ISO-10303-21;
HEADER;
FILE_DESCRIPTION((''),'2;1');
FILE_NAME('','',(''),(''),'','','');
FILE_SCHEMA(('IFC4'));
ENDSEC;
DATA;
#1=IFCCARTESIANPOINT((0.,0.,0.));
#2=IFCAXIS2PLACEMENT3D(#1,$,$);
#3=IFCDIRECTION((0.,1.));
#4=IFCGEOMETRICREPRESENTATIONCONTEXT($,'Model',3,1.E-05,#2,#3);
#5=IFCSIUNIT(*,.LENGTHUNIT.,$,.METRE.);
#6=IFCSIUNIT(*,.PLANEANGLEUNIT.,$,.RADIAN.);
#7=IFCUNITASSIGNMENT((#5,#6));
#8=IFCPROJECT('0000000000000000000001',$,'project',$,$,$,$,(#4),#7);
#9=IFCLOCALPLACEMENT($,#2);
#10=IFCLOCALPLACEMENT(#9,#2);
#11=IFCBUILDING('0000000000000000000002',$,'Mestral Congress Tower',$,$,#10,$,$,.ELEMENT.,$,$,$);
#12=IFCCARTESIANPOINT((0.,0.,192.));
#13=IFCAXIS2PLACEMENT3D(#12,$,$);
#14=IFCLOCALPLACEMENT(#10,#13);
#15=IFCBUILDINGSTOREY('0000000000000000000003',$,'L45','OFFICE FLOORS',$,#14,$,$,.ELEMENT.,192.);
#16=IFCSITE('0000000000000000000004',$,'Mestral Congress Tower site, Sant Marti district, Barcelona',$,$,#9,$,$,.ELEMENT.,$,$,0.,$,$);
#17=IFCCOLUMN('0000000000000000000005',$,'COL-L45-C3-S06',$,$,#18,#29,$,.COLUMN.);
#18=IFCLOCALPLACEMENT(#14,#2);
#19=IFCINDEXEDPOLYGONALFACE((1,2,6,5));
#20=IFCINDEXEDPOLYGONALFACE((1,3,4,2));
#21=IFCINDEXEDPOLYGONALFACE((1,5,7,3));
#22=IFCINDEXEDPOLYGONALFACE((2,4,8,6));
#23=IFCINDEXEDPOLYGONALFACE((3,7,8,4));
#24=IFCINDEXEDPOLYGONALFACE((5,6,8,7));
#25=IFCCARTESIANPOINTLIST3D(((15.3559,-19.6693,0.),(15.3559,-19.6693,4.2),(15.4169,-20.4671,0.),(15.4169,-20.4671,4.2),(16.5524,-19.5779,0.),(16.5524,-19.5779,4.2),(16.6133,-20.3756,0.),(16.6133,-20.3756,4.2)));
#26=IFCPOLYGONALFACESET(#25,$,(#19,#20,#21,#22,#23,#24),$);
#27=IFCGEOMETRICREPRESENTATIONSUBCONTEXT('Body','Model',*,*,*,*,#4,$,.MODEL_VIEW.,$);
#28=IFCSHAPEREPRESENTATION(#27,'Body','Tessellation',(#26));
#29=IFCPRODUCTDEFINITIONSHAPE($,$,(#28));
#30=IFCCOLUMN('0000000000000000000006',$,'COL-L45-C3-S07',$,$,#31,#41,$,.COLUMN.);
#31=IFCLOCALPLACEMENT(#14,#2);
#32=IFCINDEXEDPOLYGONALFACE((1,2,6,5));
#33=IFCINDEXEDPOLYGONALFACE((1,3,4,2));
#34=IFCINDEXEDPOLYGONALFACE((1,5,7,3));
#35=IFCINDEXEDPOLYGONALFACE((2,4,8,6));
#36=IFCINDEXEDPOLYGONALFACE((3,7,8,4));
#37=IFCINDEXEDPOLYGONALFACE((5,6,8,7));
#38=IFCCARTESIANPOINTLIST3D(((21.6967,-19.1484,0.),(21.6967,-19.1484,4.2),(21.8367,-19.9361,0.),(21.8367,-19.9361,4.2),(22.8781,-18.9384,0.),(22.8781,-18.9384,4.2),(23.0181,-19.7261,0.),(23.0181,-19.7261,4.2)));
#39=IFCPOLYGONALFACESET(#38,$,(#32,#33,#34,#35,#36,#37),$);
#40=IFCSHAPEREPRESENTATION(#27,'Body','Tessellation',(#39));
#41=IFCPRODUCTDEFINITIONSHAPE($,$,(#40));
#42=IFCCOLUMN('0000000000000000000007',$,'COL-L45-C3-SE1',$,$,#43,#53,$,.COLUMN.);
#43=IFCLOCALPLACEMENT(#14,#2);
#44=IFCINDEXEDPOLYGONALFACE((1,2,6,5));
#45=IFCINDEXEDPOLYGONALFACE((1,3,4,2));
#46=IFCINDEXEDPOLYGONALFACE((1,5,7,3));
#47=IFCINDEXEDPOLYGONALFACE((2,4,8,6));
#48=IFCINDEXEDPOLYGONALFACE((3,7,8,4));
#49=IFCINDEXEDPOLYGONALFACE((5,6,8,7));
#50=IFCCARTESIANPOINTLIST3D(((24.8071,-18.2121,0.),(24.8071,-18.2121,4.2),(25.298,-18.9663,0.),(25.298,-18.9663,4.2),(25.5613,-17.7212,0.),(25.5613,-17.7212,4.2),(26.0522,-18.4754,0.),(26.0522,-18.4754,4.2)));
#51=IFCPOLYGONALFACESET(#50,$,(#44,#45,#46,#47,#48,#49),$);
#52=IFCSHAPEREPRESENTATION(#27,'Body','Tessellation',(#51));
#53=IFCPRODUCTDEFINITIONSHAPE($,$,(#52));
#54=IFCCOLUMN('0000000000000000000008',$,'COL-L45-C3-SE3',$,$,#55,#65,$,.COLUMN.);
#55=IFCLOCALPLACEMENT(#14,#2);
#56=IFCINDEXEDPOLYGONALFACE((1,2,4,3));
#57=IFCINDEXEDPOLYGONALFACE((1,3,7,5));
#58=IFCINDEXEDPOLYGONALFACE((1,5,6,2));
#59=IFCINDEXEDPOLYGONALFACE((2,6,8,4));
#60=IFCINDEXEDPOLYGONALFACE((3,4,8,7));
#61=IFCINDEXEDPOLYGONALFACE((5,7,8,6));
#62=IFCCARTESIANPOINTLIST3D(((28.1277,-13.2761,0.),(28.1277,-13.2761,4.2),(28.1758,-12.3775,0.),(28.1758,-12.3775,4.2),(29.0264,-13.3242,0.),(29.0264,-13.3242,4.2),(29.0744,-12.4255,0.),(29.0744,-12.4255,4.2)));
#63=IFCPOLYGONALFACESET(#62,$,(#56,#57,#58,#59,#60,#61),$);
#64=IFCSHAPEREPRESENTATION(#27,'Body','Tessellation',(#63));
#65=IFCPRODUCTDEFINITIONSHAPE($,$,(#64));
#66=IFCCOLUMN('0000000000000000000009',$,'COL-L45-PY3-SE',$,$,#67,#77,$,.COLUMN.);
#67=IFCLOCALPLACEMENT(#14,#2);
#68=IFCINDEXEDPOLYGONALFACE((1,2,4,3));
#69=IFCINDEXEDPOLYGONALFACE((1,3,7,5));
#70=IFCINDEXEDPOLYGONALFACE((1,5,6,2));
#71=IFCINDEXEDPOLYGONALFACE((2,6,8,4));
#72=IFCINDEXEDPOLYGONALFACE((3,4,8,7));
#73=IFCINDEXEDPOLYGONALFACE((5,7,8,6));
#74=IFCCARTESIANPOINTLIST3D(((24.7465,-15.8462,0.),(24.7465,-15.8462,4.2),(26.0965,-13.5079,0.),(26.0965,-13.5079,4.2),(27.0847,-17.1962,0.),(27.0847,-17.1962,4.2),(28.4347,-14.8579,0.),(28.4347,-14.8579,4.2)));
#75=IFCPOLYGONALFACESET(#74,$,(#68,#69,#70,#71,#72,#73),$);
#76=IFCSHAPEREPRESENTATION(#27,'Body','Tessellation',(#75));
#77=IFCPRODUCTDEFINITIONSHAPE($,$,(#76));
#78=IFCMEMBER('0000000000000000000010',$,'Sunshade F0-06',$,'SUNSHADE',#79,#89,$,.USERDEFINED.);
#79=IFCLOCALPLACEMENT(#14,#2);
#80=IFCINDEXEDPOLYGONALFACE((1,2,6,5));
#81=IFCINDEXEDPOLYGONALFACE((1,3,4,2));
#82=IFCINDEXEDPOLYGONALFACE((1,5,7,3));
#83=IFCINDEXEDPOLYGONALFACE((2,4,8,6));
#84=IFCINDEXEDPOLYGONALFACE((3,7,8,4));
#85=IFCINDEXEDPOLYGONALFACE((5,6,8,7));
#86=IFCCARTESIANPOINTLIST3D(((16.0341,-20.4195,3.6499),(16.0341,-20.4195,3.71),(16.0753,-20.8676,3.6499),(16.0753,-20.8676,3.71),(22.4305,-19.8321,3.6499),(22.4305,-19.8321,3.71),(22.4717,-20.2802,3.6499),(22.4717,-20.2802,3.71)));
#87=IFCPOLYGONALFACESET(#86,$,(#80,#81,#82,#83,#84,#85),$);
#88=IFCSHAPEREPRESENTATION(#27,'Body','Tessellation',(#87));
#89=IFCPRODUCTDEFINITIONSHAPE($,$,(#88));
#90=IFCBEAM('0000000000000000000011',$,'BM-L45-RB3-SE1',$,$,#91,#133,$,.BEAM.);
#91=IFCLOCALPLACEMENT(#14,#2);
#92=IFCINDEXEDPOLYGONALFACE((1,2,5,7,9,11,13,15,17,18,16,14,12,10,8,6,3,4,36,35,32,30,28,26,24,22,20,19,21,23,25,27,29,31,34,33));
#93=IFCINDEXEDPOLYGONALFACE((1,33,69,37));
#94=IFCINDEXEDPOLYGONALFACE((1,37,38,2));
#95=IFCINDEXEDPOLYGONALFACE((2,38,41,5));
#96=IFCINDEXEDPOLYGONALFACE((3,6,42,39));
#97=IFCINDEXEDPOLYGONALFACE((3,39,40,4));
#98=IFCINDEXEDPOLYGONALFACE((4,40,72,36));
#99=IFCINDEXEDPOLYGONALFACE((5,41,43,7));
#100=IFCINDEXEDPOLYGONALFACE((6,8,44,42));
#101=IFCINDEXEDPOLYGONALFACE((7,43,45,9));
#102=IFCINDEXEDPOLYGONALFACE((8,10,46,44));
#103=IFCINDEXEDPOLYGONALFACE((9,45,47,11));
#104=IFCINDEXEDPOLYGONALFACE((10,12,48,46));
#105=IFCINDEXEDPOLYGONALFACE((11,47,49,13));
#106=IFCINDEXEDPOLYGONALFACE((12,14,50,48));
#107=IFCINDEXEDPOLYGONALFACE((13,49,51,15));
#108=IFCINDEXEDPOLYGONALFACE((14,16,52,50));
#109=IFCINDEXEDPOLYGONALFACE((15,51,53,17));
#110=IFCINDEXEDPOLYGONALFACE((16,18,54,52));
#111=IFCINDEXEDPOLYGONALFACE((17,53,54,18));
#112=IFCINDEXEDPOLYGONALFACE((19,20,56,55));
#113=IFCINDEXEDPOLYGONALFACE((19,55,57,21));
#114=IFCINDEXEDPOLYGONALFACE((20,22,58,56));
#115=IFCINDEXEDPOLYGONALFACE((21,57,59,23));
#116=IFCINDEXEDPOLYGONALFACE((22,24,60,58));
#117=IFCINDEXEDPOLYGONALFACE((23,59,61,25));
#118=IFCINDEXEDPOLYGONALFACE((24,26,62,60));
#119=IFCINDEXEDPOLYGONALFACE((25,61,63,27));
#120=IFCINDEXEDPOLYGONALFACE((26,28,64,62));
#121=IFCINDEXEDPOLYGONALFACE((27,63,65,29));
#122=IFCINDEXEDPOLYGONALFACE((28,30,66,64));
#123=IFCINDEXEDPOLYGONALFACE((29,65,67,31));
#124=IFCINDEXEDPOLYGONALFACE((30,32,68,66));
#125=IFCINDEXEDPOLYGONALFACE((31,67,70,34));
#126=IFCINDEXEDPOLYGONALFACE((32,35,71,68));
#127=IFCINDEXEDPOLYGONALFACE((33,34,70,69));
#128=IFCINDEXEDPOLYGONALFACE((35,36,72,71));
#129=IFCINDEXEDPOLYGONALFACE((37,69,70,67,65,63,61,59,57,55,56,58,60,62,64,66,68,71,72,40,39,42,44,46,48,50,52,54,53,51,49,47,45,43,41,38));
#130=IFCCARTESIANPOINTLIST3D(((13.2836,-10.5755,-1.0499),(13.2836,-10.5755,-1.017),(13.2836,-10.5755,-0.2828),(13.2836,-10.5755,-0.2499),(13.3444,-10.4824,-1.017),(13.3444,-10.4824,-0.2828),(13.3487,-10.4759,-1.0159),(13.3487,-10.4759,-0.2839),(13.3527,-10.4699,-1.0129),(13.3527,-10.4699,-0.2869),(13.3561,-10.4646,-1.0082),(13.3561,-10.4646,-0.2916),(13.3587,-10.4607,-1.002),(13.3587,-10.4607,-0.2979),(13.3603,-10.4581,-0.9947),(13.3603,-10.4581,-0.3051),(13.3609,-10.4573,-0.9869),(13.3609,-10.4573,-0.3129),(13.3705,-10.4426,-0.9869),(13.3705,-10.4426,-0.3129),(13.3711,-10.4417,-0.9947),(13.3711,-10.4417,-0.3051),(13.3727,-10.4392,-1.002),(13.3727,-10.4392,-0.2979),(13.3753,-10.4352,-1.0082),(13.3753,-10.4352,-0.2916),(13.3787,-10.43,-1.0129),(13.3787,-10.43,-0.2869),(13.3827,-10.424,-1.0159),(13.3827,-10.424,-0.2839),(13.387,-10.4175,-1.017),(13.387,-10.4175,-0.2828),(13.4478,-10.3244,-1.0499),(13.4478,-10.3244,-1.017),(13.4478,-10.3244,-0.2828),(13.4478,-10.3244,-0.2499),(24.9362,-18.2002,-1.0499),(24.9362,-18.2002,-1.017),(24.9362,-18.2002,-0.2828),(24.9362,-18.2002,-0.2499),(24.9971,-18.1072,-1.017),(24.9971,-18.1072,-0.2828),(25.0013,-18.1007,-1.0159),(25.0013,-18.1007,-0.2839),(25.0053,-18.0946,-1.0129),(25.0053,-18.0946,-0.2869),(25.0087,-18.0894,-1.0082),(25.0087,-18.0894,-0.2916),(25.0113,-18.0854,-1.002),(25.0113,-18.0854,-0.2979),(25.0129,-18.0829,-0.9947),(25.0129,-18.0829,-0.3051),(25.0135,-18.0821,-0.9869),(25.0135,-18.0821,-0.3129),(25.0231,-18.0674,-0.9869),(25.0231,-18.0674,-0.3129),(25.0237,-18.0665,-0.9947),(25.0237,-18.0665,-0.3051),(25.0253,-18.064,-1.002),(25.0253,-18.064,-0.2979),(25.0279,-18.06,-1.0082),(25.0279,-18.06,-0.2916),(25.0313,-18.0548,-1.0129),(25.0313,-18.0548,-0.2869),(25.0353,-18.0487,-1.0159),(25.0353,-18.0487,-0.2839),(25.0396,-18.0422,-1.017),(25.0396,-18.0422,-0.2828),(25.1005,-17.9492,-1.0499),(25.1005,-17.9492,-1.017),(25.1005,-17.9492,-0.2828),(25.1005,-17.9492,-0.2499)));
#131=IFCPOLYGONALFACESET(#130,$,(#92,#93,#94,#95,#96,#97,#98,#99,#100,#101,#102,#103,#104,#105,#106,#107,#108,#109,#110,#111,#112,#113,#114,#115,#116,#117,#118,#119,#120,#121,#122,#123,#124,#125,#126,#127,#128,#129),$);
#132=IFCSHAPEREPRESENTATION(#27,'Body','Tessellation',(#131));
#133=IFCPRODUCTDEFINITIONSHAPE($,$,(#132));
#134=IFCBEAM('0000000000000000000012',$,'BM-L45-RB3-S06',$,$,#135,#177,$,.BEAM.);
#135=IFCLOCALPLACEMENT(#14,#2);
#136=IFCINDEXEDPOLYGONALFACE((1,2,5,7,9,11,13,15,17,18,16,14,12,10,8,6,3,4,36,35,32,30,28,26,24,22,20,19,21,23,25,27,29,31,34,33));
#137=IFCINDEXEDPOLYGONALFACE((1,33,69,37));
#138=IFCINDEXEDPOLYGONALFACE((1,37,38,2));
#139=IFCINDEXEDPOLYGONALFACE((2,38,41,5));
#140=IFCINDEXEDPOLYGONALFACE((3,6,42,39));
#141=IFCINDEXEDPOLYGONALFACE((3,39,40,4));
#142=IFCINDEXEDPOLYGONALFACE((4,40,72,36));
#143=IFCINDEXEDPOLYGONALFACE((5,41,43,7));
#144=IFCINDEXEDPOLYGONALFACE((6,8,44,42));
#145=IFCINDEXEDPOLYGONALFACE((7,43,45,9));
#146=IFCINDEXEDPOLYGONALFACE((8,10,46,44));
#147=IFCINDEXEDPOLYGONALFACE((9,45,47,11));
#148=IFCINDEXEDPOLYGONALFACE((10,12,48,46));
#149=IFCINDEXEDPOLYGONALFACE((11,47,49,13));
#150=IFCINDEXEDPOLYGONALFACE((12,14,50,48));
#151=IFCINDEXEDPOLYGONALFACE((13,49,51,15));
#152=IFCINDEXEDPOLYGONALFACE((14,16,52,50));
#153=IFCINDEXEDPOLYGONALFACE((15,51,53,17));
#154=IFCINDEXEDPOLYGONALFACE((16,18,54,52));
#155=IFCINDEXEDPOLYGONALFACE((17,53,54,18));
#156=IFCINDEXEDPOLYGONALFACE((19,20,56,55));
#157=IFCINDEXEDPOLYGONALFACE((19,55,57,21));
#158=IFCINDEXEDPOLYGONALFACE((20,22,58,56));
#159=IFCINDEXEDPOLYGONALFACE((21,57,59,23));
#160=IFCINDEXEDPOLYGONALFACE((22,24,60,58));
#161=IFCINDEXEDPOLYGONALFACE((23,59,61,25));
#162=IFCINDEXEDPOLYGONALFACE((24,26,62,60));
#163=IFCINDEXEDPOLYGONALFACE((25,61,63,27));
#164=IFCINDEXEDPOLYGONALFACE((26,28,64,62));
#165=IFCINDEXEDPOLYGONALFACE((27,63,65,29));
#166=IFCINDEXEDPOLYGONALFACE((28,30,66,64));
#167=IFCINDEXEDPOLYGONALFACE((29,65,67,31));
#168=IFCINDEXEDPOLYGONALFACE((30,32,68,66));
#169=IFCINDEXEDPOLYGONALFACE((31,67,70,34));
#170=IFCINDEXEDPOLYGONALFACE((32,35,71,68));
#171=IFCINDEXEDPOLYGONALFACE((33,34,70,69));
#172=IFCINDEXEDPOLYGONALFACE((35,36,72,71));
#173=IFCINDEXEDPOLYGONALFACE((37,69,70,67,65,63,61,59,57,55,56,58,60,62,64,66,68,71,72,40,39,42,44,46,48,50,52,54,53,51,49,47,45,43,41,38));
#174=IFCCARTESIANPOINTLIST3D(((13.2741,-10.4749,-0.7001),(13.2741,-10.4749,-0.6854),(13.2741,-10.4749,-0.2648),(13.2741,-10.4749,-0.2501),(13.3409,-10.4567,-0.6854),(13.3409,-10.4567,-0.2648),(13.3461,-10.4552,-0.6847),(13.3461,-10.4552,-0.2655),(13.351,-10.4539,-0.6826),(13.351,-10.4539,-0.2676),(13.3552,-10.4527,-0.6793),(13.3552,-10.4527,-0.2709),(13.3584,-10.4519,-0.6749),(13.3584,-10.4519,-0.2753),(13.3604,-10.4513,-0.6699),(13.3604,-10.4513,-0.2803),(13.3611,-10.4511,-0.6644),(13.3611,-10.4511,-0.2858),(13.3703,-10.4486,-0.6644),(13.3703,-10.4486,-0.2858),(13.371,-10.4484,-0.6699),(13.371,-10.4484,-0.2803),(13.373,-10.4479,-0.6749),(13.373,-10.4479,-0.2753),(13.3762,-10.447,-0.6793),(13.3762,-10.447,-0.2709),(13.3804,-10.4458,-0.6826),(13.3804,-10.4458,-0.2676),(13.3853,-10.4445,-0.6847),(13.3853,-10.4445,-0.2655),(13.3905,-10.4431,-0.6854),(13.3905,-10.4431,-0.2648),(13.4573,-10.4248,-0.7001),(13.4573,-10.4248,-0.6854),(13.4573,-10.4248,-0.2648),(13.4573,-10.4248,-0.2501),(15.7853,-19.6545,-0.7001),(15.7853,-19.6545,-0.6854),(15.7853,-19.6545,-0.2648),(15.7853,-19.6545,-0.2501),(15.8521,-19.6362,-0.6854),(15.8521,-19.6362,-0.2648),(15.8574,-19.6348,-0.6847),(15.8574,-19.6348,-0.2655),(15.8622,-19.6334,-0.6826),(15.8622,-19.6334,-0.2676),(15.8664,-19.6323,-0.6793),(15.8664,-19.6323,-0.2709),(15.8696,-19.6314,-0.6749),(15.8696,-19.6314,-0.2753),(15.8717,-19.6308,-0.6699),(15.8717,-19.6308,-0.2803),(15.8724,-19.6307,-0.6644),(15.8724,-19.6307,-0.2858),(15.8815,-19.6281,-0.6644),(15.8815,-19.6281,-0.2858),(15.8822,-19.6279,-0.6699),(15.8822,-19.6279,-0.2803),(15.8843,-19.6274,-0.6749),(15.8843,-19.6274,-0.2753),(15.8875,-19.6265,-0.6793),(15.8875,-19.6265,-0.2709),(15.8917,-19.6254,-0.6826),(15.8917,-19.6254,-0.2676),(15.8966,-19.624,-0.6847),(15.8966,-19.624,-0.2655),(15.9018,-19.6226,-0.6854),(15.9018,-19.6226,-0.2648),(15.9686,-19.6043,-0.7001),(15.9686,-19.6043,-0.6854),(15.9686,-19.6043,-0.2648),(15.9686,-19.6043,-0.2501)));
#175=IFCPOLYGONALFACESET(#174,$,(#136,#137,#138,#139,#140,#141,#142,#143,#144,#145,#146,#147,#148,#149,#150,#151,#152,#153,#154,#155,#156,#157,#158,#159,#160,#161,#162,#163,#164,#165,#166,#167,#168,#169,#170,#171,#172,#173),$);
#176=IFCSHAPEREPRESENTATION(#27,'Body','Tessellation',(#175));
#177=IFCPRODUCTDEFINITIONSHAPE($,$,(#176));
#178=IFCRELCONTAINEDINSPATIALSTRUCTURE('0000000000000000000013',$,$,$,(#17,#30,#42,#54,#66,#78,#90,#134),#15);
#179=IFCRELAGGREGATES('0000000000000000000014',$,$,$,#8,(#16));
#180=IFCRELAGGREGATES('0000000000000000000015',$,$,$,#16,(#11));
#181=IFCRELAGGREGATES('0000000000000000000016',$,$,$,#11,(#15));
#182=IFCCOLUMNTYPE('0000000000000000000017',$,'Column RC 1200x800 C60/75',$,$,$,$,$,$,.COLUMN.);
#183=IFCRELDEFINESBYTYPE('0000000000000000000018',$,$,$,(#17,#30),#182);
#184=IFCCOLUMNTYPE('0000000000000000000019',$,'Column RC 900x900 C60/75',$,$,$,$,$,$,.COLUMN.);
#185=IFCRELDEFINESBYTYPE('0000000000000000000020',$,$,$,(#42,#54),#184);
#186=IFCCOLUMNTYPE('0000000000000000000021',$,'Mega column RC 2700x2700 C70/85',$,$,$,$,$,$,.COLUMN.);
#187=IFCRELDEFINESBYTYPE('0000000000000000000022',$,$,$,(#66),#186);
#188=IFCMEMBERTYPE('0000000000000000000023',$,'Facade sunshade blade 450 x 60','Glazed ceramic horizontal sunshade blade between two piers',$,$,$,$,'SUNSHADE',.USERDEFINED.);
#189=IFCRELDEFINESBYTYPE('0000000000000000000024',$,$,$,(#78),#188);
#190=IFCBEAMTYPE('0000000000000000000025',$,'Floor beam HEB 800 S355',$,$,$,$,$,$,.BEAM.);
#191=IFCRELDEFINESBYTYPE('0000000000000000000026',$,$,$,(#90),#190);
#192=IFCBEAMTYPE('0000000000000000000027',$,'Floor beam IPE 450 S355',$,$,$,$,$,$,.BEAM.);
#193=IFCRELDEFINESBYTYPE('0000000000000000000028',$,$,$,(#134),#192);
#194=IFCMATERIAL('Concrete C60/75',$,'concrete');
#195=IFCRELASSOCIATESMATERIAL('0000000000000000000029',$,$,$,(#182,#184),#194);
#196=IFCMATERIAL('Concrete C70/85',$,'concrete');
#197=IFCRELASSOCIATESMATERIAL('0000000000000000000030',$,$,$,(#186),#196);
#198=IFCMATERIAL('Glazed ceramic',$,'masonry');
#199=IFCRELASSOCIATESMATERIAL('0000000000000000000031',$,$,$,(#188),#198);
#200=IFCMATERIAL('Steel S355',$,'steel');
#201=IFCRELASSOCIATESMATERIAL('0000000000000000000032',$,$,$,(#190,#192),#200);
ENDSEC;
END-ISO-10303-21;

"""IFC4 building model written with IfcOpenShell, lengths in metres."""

from ifc_helpers import new_model, si_unit, direction, frame, origin, origin_2d, place, context, subcontext, project, spatial, rectangle, i_section, extrude, material, material_profile, profile_set, type_object, element, save


model = new_model("IFC4")

# Units and contexts
model_context = context("Model", 3, precision=1e-05, world=origin(), true_north=direction((0.0, 1.0)))
body_context = subcontext(model_context, "Body", "Model", "MODEL_VIEW")
ifc_project = project(units=[si_unit("LENGTHUNIT", "METRE"), si_unit("PLANEANGLEUNIT", "RADIAN")], contexts=[model_context])

# Site, building, storey
site_placement = place(None, origin())
site = spatial("IfcSite", under=ifc_project, at=site_placement, Name="Mestral Congress Tower site, Sant Marti district, Barcelona", CompositionType="ELEMENT", RefElevation=0.0)
building_placement = place(site_placement, origin())
building = spatial("IfcBuilding", under=site, at=building_placement, Name="Mestral Congress Tower", CompositionType="ELEMENT")
storey_placement = place(building_placement, frame((0.0, 0.0, 192.0)))
storey = spatial("IfcBuildingStorey", under=building, at=storey_placement, Name="L45", Description="OFFICE FLOORS", CompositionType="ELEMENT", Elevation=192.0)

# Columns
ifc_material_1 = material(Name="Concrete C60/75", Category="concrete")
ifc_material_profile_1 = material_profile(ifc_material_1, rectangle(XDim=1.2, YDim=0.8, at=origin_2d()), Name="RC 1200x800")
ifc_profile_set_1 = profile_set([ifc_material_profile_1], Name="Concrete C60/75")
column_type_1 = type_object("IfcColumnType", Name="Column RC 1200x800 C60/75", PredefinedType="COLUMN", material=ifc_profile_set_1)
for number, where, z_axis, x_axis, name in (
    (1, (15.9846, -20.0225, 0.0), (0.0, 0.0, 1.0), (0.99709, 0.076237, 0.0), "COL-L45-C3-S06"),
    (2, (22.3574, -19.4373, 0.0), (0.0, 0.0, 1.0), (0.984571, 0.174985, 0.0), "COL-L45-C3-S07"),
):
    element("IfcColumn", number, at=place(storey_placement, frame(where, z_axis=z_axis, x_axis=x_axis)), inside=storey, type_object=column_type_1, Name=name, PredefinedType="COLUMN", context=body_context, shape_type="SweptSolid", body=[
        extrude(rectangle(XDim=1.2, YDim=0.8, at=origin_2d()), origin(), (0.0, 0.0, 1.0), 4.2),
    ])
ifc_material_profile_2 = material_profile(ifc_material_1, rectangle(XDim=0.8999, YDim=0.8999, at=origin_2d()), Name="RC 900x900")
ifc_profile_set_2 = profile_set([ifc_material_profile_2], Name="Concrete C60/75")
column_type_2 = type_object("IfcColumnType", Name="Column RC 900x900 C60/75", PredefinedType="COLUMN", material=ifc_profile_set_2)
for number, where, z_axis, x_axis, name in (
    (3, (25.4297, -18.3438, 0.0), (0.0, 0.0, 1.0), (0.838094, 0.545526, 0.0), "COL-L45-C3-SE1"),
    (4, (28.6011, -12.8508, 0.0), (0.0, 0.0, 1.0), (0.053392, 0.998574, 0.0), "COL-L45-C3-SE3"),
):
    element("IfcColumn", number, at=place(storey_placement, frame(where, z_axis=z_axis, x_axis=x_axis)), inside=storey, type_object=column_type_2, Name=name, PredefinedType="COLUMN", context=body_context, shape_type="SweptSolid", body=[
        extrude(rectangle(XDim=0.8999, YDim=0.8999, at=origin_2d()), origin(), (0.0, 0.0, 1.0), 4.2),
    ])
ifc_material_2 = material(Name="Concrete C70/85", Category="concrete")
ifc_material_profile_3 = material_profile(ifc_material_2, rectangle(XDim=2.7, YDim=2.7, at=origin_2d()), Name="RC 2700x2700")
ifc_profile_set_3 = profile_set([ifc_material_profile_3], Name="Concrete C70/85")
column_type_3 = type_object("IfcColumnType", Name="Mega column RC 2700x2700 C70/85", PredefinedType="COLUMN", material=ifc_profile_set_3)
column_placement = place(storey_placement, frame((26.5906, -15.3521, 0.0), z_axis=(0.0, 0.0, 1.0), x_axis=(0.866025, -0.5, 0.0)))
element("IfcColumn", 5, at=column_placement, inside=storey, type_object=column_type_3, Name="COL-L45-PY3-SE", PredefinedType="COLUMN", context=body_context, shape_type="SweptSolid", body=[
    extrude(rectangle(XDim=2.7, YDim=2.7, at=origin_2d()), origin(), (0.0, 0.0, 1.0), 4.2),
])

# Member
ifc_material_3 = material(Name="Glazed ceramic", Category="masonry")
ifc_material_profile_4 = material_profile(ifc_material_3, rectangle(XDim=0.45, YDim=0.0601, at=origin_2d()), Name="Ceramic blade 450 x 60")
ifc_profile_set_4 = profile_set([ifc_material_profile_4], Name="Glazed ceramic")
member_type = type_object("IfcMemberType", Name="Facade sunshade blade 450 x 60", Description="Glazed ceramic horizontal sunshade blade between two piers", ElementType="SUNSHADE", PredefinedType="USERDEFINED", material=ifc_profile_set_4)
member_placement = place(storey_placement, frame((16.0547, -20.6436, 3.6799), z_axis=(0.99581, 0.091447, 0.0), x_axis=(-0.091447, 0.99581, 0.0)))
element("IfcMember", 6, at=member_placement, inside=storey, type_object=member_type, Name="Sunshade F0-06", ObjectType="SUNSHADE", PredefinedType="USERDEFINED", context=body_context, shape_type="SweptSolid", body=[
    extrude(rectangle(XDim=0.45, YDim=0.0601, at=origin_2d()), origin(), (0.0, 0.0, 1.0), 6.4233),
])

# Beams
ifc_material_4 = material(Name="Steel S355", Category="steel")
ifc_material_profile_5 = material_profile(ifc_material_4, i_section(OverallWidth=0.3, OverallDepth=0.8, WebThickness=0.0176, FlangeThickness=0.033, FilletRadius=0.03, at=origin_2d()), Name="HEB 800")
ifc_profile_set_5 = profile_set([ifc_material_profile_5], Name="Steel S355")
beam_type_1 = type_object("IfcBeamType", Name="Floor beam HEB 800 S355", PredefinedType="BEAM", material=ifc_profile_set_5)
beam_1_placement = place(storey_placement, frame((25.0183, -18.0747, -0.6499), z_axis=(-0.83678, 0.547539, 0.0), x_axis=(-0.547539, -0.83678, 0.0)))
element("IfcBeam", 7, at=beam_1_placement, inside=storey, type_object=beam_type_1, Name="BM-L45-RB3-SE1", PredefinedType="BEAM", context=body_context, shape_type="SweptSolid", body=[
    extrude(i_section(OverallWidth=0.3, OverallDepth=0.8, WebThickness=0.0176, FlangeThickness=0.033, FilletRadius=0.03, at=origin_2d()), origin(), (0.0, 0.0, 1.0), 13.9255),
])
ifc_material_profile_6 = material_profile(ifc_material_4, i_section(OverallWidth=0.1899, OverallDepth=0.45, WebThickness=0.0095, FlangeThickness=0.0146, FilletRadius=0.021, at=origin_2d()), Name="IPE 450")
ifc_profile_set_6 = profile_set([ifc_material_profile_6], Name="Steel S355")
beam_type_2 = type_object("IfcBeamType", Name="Floor beam IPE 450 S355", PredefinedType="BEAM", material=ifc_profile_set_6)
beam_2_placement = place(storey_placement, frame((15.877, -19.6294, -0.4751), z_axis=(-0.263875, 0.964557, 0.0), x_axis=(-0.964557, -0.263875, 0.0)))
element("IfcBeam", 8, at=beam_2_placement, inside=storey, type_object=beam_type_2, Name="BM-L45-RB3-S06", PredefinedType="BEAM", context=body_context, shape_type="SweptSolid", body=[
    extrude(i_section(OverallWidth=0.1899, OverallDepth=0.45, WebThickness=0.0095, FlangeThickness=0.0146, FilletRadius=0.021, at=origin_2d()), origin(), (0.0, 0.0, 1.0), 9.5168),
])

save(model, "model.ifc")
